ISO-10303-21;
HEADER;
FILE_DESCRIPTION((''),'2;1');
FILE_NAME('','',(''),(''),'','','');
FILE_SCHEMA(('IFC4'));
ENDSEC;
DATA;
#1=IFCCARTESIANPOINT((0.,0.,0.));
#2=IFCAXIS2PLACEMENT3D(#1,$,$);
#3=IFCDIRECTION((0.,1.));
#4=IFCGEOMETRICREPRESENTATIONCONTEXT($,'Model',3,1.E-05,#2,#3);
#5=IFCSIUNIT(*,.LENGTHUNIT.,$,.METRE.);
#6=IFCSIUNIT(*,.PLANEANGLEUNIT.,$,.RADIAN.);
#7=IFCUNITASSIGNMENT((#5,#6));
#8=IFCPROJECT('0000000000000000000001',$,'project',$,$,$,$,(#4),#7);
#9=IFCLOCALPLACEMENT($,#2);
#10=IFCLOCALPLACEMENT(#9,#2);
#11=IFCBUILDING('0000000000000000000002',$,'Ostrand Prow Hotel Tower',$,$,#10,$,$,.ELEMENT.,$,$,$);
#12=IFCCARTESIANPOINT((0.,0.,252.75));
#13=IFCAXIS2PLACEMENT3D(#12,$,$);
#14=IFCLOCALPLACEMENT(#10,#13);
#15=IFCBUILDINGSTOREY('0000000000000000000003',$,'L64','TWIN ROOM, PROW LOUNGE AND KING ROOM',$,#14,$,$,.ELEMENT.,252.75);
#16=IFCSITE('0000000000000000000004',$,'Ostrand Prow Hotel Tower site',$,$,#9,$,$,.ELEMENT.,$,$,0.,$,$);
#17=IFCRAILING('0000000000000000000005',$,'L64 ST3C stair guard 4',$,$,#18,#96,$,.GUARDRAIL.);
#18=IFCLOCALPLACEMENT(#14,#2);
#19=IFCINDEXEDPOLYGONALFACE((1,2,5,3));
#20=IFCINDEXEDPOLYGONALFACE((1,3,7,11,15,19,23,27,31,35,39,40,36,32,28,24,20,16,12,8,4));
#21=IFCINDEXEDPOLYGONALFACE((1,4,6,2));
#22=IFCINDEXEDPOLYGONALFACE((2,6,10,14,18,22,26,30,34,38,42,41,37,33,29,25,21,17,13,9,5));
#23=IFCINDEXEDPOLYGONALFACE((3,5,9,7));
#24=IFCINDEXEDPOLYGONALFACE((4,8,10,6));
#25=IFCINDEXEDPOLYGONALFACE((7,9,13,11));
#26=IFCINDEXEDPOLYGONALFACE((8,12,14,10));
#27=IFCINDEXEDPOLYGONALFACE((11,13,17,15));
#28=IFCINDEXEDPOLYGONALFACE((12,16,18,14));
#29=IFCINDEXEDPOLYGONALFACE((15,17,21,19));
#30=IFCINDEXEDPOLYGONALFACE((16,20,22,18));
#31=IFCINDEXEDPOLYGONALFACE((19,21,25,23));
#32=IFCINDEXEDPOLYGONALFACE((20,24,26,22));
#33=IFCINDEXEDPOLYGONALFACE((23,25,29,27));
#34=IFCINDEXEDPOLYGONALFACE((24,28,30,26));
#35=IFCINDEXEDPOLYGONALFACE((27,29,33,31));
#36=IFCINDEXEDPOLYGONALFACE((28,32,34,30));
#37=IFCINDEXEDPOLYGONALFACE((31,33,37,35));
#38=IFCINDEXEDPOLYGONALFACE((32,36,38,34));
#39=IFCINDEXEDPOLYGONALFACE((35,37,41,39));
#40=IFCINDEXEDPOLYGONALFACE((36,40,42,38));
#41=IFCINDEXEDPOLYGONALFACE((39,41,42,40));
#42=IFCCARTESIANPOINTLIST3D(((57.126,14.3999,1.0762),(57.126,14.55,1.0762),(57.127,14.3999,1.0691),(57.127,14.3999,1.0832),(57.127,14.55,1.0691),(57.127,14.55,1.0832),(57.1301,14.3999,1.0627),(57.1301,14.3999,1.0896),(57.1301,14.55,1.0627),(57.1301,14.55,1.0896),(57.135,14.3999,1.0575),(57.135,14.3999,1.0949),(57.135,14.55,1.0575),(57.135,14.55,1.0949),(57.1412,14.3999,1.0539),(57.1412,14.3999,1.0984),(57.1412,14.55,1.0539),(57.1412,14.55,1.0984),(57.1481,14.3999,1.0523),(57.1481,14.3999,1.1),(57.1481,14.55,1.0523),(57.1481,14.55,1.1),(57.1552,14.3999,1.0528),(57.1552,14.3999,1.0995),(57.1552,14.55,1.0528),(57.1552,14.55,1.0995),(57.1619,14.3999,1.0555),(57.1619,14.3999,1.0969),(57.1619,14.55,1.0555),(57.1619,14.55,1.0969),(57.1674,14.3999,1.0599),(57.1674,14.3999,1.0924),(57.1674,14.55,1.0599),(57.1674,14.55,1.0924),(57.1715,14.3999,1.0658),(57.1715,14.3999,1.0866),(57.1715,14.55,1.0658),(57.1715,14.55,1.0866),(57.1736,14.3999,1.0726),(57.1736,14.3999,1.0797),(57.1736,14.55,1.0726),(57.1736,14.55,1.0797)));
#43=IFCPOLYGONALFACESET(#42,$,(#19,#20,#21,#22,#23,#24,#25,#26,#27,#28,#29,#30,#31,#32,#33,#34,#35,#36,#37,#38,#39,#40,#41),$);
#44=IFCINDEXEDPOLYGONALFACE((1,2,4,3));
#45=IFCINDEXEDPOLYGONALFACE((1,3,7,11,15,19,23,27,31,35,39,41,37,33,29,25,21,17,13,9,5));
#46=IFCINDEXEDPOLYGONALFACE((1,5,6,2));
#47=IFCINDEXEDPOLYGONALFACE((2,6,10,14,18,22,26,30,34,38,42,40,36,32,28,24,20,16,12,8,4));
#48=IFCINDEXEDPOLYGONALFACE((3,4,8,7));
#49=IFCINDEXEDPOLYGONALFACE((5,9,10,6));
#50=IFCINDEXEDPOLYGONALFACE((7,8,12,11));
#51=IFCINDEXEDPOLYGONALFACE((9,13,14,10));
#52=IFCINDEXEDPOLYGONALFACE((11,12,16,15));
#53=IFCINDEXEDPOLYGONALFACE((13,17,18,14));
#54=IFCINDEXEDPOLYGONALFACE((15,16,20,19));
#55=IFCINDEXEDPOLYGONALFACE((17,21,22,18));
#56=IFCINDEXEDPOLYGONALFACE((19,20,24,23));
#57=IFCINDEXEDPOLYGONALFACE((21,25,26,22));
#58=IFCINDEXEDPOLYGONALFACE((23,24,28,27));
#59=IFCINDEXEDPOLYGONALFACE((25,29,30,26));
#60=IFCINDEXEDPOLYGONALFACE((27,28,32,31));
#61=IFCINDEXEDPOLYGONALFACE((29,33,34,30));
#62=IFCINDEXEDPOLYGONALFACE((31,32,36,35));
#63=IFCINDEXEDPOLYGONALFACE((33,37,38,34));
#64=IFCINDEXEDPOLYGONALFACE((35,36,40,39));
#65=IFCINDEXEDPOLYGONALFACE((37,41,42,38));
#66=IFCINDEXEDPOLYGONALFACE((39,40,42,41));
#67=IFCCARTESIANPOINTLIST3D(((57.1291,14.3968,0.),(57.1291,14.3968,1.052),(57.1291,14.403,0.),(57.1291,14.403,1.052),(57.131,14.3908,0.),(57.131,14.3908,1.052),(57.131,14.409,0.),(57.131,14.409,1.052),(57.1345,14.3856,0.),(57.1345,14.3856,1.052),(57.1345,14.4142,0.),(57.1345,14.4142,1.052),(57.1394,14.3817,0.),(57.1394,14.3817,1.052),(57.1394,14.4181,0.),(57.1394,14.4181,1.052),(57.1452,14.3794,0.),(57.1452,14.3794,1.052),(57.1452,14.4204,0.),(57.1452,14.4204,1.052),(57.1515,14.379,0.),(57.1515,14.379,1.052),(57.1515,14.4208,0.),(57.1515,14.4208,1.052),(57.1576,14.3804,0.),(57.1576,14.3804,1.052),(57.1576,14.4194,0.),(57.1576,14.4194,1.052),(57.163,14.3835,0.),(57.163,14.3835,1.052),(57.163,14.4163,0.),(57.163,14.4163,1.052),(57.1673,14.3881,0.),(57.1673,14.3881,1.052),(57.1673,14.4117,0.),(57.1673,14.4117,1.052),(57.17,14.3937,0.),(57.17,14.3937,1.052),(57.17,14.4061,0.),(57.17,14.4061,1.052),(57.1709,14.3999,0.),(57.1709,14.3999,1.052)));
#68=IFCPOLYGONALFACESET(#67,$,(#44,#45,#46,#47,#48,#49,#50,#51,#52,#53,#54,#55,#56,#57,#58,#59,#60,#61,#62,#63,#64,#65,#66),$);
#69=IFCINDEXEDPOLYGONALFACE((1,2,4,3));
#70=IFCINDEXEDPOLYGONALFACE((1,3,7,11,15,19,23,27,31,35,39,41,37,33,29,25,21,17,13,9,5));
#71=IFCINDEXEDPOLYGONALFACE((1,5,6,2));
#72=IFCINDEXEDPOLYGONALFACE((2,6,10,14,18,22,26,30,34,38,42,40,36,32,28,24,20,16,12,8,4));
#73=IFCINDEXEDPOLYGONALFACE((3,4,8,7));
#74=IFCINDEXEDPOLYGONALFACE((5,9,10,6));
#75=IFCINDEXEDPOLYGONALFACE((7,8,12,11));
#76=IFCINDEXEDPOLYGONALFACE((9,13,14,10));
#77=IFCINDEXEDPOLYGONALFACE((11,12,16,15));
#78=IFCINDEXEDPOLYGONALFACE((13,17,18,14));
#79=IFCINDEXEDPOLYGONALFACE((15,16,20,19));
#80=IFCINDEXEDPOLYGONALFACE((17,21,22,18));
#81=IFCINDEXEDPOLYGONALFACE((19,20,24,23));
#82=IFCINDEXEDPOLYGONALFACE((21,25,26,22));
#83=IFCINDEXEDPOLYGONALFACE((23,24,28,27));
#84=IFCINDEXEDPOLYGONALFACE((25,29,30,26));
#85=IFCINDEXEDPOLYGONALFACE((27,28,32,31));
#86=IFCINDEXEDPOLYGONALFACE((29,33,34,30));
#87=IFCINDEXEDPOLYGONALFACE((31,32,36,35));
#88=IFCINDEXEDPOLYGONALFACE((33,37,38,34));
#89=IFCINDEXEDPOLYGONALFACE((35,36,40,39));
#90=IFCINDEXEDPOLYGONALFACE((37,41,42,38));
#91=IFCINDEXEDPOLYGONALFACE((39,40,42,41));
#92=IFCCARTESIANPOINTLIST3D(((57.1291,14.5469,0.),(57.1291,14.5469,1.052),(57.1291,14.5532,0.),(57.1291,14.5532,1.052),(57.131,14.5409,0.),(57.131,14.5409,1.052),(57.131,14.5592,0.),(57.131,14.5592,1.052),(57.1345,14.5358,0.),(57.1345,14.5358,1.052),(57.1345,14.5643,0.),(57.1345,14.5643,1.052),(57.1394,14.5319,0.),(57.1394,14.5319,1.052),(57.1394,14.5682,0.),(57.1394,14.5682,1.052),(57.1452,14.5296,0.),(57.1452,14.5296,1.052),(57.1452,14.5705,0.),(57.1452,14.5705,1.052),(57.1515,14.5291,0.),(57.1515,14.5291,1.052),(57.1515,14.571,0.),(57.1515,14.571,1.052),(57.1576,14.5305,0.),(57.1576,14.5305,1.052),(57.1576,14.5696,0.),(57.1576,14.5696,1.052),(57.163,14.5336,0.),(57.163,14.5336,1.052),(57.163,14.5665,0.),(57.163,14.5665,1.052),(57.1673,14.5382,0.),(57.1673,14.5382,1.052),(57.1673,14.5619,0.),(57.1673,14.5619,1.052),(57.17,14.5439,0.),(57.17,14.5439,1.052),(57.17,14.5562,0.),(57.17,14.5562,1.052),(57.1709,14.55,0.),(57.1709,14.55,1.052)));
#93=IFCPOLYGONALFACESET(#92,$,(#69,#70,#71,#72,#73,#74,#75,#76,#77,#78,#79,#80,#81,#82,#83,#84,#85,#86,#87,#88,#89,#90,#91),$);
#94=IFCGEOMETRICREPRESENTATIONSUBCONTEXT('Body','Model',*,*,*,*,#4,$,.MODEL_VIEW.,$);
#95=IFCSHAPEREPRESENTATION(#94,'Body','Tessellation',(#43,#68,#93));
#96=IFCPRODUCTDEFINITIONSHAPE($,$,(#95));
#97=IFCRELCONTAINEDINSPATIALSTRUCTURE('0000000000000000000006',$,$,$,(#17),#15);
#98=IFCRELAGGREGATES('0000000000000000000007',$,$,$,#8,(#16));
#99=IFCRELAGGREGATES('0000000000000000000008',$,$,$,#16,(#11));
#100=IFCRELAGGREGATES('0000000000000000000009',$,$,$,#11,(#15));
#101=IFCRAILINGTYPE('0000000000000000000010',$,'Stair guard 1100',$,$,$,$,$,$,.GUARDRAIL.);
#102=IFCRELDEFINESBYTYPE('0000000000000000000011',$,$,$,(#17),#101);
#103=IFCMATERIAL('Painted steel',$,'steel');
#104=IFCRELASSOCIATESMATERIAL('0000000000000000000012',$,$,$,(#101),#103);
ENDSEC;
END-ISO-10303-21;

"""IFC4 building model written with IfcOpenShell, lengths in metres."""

from ifc_helpers import new_model, si_unit, direction, frame, origin, origin_2d, place, context, subcontext, project, spatial, circle, extrude, material, type_object, element, save


model = new_model("IFC4")

# Units and contexts
model_context = context("Model", 3, precision=1e-05, world=origin(), true_north=direction((0.0, 1.0)))
body_context = subcontext(model_context, "Body", "Model", "MODEL_VIEW")
ifc_project = project(units=[si_unit("LENGTHUNIT", "METRE"), si_unit("PLANEANGLEUNIT", "RADIAN")], contexts=[model_context])

# Site, building, storey
site_placement = place(None, origin())
site = spatial("IfcSite", under=ifc_project, at=site_placement, Name="Ostrand Prow Hotel Tower site", CompositionType="ELEMENT", RefElevation=0.0)
building_placement = place(site_placement, origin())
building = spatial("IfcBuilding", under=site, at=building_placement, Name="Ostrand Prow Hotel Tower", CompositionType="ELEMENT")
storey_placement = place(building_placement, frame((0.0, 0.0, 252.75)))
storey = spatial("IfcBuildingStorey", under=building, at=storey_placement, Name="L64", Description="TWIN ROOM, PROW LOUNGE AND KING ROOM", CompositionType="ELEMENT", Elevation=252.75)

# Railing
ifc_material_1 = material(Name="Painted steel", Category="steel")
railing_type_1 = type_object("IfcRailingType", Name="Stair guard 1100", PredefinedType="GUARDRAIL", material=ifc_material_1)
railing_1_placement = place(storey_placement, frame((57.1499, 14.3999, 0.0)))
element("IfcRailing", 1, at=railing_1_placement, inside=storey, type_object=railing_type_1, Name="L64 ST3C stair guard 4", PredefinedType="GUARDRAIL", context=body_context, shape_type="SweptSolid", body=[
    extrude(circle(Radius=0.0239, at=origin_2d()), frame((0.0, 0.0, 1.0762), z_axis=(0.0, 1.0, 0.0), x_axis=(-1.0, 0.0, 0.0)), (0.0, 0.0, 1.0), 0.1501),
    extrude(circle(Radius=0.021, at=origin_2d()), origin(), (0.0, 0.0, 1.0), 1.052),
    extrude(circle(Radius=0.021, at=origin_2d()), frame((0.0, 0.1501, 0.0)), (0.0, 0.0, 1.0), 1.052),
])

save(model, "model.ifc")
